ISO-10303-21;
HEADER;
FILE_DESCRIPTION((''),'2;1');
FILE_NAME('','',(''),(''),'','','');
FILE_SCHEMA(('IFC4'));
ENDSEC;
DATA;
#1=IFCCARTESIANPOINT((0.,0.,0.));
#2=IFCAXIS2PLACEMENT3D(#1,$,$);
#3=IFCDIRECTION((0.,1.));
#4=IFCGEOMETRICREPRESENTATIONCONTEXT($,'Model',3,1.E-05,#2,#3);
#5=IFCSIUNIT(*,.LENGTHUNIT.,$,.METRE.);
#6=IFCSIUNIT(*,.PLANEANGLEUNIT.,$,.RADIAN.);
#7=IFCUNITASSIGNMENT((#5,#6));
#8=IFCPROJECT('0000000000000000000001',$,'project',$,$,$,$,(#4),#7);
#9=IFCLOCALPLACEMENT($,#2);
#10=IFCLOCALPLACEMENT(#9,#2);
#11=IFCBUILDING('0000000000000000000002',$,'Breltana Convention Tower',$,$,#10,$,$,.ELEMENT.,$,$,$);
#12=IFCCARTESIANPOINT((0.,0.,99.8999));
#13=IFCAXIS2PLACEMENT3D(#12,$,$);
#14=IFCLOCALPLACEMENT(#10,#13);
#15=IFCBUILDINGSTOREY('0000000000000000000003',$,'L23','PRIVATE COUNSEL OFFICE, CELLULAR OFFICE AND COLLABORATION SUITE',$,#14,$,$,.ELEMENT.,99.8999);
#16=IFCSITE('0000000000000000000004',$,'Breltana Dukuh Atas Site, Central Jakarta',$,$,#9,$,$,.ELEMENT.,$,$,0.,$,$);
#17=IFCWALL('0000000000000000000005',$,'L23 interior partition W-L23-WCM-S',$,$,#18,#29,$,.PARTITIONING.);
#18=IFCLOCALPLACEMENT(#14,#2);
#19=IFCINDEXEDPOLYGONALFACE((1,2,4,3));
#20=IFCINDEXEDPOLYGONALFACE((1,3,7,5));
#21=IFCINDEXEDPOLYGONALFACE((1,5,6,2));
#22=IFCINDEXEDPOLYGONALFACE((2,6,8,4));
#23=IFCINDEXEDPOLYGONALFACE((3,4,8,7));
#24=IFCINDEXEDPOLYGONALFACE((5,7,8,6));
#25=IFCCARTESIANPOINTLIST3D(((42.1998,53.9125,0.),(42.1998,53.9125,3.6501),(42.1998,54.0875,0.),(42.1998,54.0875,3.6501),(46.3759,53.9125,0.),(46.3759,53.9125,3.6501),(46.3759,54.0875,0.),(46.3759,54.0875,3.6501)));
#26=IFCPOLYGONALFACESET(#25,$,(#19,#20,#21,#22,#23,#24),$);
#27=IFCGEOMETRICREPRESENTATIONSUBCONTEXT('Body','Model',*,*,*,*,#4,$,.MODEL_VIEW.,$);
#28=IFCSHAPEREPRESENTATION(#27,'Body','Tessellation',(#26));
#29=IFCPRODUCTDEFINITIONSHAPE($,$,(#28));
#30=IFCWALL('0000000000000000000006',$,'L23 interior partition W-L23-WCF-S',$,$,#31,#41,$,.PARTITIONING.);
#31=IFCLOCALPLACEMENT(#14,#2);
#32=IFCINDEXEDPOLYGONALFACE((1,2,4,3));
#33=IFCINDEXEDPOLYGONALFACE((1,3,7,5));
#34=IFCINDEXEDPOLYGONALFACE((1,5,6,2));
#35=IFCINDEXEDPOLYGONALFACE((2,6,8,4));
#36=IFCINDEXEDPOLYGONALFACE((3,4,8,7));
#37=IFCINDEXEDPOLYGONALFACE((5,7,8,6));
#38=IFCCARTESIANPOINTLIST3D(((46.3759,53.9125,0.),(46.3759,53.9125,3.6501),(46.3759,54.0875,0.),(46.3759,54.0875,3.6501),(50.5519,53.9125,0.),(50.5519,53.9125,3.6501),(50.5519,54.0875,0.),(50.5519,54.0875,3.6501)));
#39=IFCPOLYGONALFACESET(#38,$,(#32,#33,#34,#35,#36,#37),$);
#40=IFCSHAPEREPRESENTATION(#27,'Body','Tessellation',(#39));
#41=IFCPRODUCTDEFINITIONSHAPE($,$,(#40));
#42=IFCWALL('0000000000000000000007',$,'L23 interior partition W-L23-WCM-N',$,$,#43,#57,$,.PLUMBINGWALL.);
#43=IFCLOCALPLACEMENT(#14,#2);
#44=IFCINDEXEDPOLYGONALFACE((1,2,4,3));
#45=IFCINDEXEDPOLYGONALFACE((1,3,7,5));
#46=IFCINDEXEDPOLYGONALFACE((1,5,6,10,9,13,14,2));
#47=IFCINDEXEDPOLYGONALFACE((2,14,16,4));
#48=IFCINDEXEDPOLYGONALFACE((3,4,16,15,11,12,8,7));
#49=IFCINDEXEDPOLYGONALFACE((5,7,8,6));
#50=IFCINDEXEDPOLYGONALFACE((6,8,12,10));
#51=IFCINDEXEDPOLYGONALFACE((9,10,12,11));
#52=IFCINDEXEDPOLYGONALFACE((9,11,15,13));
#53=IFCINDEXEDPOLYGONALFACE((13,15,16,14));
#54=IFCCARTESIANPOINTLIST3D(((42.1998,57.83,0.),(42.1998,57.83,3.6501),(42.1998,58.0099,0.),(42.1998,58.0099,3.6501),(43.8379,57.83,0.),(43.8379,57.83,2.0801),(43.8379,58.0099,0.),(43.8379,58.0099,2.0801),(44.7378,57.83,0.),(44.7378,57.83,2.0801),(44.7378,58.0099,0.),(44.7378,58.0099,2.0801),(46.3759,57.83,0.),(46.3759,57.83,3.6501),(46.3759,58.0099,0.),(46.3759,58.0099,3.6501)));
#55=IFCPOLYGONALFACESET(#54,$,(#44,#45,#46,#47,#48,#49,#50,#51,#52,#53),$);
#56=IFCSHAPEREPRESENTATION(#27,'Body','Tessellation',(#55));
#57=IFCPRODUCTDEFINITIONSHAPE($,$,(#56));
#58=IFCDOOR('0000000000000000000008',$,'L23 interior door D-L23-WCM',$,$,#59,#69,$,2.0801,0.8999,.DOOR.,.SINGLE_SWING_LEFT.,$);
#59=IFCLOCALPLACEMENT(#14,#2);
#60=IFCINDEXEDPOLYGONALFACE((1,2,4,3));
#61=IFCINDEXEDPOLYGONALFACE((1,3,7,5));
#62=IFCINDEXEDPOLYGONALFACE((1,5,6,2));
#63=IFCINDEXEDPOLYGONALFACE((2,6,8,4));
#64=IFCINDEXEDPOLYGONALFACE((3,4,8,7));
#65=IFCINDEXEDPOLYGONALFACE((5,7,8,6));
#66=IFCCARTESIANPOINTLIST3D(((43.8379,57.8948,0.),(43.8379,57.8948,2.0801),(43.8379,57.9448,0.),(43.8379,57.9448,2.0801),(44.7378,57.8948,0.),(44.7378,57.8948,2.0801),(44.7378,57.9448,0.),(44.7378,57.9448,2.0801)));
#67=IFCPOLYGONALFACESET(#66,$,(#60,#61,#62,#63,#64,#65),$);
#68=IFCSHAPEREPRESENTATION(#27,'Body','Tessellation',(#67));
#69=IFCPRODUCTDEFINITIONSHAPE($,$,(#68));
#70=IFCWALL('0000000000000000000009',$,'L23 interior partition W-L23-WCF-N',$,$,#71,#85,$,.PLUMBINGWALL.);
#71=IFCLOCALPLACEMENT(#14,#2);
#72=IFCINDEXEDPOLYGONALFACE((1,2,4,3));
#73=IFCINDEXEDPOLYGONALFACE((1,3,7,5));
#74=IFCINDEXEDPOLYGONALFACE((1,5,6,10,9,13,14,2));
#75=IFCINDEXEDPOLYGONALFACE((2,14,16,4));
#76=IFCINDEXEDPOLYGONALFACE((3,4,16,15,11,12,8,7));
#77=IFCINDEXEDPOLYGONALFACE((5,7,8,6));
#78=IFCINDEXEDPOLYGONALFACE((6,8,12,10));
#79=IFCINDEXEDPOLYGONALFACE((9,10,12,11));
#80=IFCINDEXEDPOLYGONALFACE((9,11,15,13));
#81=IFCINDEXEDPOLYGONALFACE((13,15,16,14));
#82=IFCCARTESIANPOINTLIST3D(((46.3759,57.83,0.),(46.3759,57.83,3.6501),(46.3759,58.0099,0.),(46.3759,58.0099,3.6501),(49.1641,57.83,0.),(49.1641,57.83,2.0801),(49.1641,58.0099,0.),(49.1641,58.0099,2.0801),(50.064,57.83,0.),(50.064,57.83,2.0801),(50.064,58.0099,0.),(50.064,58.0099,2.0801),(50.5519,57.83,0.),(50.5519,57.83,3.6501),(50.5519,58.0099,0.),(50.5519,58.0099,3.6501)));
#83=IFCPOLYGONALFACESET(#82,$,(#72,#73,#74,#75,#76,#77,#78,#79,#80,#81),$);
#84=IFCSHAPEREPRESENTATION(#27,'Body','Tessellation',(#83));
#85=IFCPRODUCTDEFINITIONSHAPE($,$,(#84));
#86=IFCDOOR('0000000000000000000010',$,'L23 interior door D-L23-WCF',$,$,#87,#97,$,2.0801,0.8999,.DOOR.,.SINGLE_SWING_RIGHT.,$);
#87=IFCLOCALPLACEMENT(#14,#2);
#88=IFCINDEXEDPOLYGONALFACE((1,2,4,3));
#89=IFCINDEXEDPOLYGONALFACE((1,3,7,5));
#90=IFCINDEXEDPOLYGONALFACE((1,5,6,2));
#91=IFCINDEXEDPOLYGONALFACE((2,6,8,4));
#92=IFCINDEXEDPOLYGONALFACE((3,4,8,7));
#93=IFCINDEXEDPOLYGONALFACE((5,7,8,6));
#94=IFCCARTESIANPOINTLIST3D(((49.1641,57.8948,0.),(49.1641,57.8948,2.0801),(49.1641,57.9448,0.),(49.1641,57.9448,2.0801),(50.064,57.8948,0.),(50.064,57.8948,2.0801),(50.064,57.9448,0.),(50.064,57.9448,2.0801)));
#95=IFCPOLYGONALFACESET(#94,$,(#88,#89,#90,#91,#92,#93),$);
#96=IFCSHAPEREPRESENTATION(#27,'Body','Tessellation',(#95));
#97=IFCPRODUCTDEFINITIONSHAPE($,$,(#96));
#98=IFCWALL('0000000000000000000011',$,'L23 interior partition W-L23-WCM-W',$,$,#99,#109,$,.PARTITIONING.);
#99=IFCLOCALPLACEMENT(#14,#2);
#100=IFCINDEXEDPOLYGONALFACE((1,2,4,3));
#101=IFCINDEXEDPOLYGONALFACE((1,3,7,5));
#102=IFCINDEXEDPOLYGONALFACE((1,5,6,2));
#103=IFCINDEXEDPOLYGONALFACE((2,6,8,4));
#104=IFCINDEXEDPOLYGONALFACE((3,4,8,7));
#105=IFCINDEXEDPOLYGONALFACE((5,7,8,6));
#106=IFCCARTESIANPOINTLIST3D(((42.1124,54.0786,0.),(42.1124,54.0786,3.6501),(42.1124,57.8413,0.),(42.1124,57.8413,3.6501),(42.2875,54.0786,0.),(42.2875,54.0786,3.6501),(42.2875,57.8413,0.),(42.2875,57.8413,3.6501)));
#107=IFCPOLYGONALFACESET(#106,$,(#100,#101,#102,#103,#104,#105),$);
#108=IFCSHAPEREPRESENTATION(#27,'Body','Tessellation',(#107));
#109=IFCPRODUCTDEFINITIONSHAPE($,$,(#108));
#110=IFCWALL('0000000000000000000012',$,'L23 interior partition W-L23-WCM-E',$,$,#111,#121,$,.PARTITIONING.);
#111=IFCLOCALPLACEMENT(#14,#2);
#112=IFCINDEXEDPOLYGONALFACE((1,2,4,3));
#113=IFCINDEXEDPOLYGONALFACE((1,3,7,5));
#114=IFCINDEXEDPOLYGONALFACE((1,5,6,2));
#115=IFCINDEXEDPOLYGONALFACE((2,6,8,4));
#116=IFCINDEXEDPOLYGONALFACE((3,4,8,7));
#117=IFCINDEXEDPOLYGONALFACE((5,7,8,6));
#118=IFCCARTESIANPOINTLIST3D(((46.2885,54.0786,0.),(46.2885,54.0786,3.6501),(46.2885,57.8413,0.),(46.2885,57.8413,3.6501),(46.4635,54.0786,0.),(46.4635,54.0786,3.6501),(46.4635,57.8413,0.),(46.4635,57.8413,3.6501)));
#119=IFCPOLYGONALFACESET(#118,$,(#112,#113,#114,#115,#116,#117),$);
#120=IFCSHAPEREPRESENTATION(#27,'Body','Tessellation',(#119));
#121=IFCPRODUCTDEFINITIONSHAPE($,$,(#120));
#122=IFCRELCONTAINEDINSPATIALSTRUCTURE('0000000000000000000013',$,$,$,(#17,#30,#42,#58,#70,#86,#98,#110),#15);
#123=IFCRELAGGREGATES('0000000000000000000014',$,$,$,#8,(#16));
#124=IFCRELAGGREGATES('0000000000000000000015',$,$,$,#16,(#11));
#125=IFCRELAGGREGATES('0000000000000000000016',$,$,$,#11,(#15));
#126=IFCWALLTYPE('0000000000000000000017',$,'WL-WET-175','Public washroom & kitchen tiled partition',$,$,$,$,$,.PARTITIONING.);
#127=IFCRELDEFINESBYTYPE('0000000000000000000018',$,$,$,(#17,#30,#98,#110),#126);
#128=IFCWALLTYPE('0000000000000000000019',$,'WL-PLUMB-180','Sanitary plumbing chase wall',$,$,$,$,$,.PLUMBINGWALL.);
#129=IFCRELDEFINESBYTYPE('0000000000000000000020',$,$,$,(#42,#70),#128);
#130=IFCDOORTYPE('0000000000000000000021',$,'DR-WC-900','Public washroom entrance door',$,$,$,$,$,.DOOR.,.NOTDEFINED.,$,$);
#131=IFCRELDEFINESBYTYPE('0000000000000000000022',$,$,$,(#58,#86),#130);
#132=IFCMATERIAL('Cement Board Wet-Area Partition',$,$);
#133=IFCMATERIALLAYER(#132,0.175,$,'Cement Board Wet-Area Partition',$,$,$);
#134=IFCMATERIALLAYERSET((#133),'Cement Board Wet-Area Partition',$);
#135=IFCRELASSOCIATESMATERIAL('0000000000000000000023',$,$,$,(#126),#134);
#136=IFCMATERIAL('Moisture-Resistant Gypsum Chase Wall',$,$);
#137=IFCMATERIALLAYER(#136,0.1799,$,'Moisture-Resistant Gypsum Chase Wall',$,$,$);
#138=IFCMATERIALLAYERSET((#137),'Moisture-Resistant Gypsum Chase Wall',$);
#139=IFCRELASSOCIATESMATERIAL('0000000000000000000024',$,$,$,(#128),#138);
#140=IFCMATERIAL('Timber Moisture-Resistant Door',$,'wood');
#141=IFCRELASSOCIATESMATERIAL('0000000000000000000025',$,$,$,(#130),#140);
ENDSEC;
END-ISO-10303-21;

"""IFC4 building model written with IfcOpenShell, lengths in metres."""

from ifc_helpers import new_model, si_unit, direction, frame, frame_2d, origin, place, context, subcontext, project, spatial, rectangle, extrude, source, transform, mapped, material, layer, layer_set, type_object, type_shapes, element, fill, save


model = new_model("IFC4")

# Units and contexts
model_context = context("Model", 3, precision=1e-05, world=origin(), true_north=direction((0.0, 1.0)))
body_context = subcontext(model_context, "Body", "Model", "MODEL_VIEW")
ifc_project = project(units=[si_unit("LENGTHUNIT", "METRE"), si_unit("PLANEANGLEUNIT", "RADIAN")], contexts=[model_context])

# Site, building, storey
site_placement = place(None, origin())
site = spatial("IfcSite", under=ifc_project, at=site_placement, Name="Breltana Dukuh Atas Site, Central Jakarta", CompositionType="ELEMENT", RefElevation=0.0)
building_placement = place(site_placement, origin())
building = spatial("IfcBuilding", under=site, at=building_placement, Name="Breltana Convention Tower", CompositionType="ELEMENT")
storey_placement = place(building_placement, frame((0.0, 0.0, 99.8999)))
storey = spatial("IfcBuildingStorey", under=building, at=storey_placement, Name="L23", Description="PRIVATE COUNSEL OFFICE, CELLULAR OFFICE AND COLLABORATION SUITE", CompositionType="ELEMENT", Elevation=99.8999)

# Walls
ifc_material_1 = material(Name="Cement Board Wet-Area Partition")
ifc_layer_1 = layer(ifc_material_1, 0.175, Name="Cement Board Wet-Area Partition")
ifc_layer_set_1 = layer_set([ifc_layer_1], Name="Cement Board Wet-Area Partition")
wall_type_1 = type_object("IfcWallType", Name="WL-WET-175", Description="Public washroom & kitchen tiled partition", PredefinedType="PARTITIONING", material=ifc_layer_set_1)
shared_shape_1 = source(origin(), body_context, "Body", "SweptSolid", [
    extrude(rectangle(XDim=4.176, YDim=0.175, at=frame_2d((2.0879, 0.0))), origin(), (0.0, 0.0, 1.0), 3.6501),
])
for number, where, z_axis, x_axis, name in (
    (1, (42.2, 54.0, 0.0), (0.0, 0.0, 1.0), (1.0, 0.0, 0.0), "L23 interior partition W-L23-WCM-S"),
    (2, (46.376, 54.0, 0.0), (0.0, 0.0, 1.0), (1.0, 0.0, 0.0), "L23 interior partition W-L23-WCF-S"),
):
    element("IfcWall", number, at=place(storey_placement, frame(where, z_axis=z_axis, x_axis=x_axis)), inside=storey, type_object=wall_type_1, Name=name, PredefinedType="PARTITIONING", context=body_context, shape_type="MappedRepresentation", body=[
        mapped(shared_shape_1, transform((0.0, 0.0, 0.0), scale=1.0)),
    ])

# Walls, openings, doors
ifc_material_2 = material(Name="Moisture-Resistant Gypsum Chase Wall")
ifc_layer_2 = layer(ifc_material_2, 0.1799, Name="Moisture-Resistant Gypsum Chase Wall")
ifc_layer_set_2 = layer_set([ifc_layer_2], Name="Moisture-Resistant Gypsum Chase Wall")
wall_type_2 = type_object("IfcWallType", Name="WL-PLUMB-180", Description="Sanitary plumbing chase wall", PredefinedType="PLUMBINGWALL", material=ifc_layer_set_2)
shared_shape_2 = source(origin(), body_context, "Body", "SweptSolid", [
    extrude(rectangle(XDim=4.176, YDim=0.1799, at=frame_2d((2.0879, 0.0))), origin(), (0.0, 0.0, 1.0), 3.6501),
])
wall_1_placement = place(storey_placement, frame((42.2, 57.9199, 0.0), z_axis=(0.0, 0.0, 1.0), x_axis=(1.0, 0.0, 0.0)))
wall_1 = element("IfcWall", 3, at=wall_1_placement, inside=storey, type_object=wall_type_2, Name="L23 interior partition W-L23-WCM-N", PredefinedType="PLUMBINGWALL", context=body_context, shape_type="MappedRepresentation", body=[
    mapped(shared_shape_2, transform((0.0, 0.0, 0.0), scale=1.0)),
])
opening_1_placement = place(wall_1_placement, frame((1.6379, 0.0, 0.0)))
opening_1 = element("IfcOpeningElement", 4, at=opening_1_placement, cuts=wall_1, PredefinedType="OPENING", context=body_context, shape_type="SweptSolid", body=[
    extrude(rectangle(XDim=0.8999, YDim=2.0801, at=frame_2d((0.45, 1.04))), frame((0.0, 0.1001, 0.0), z_axis=(0.0, -1.0, 0.0), x_axis=(1.0, 0.0, 0.0)), (0.0, 0.0, 1.0), 0.2),
])
ifc_material_3 = material(Name="Timber Moisture-Resistant Door", Category="wood")
door_type = type_object("IfcDoorType", Name="DR-WC-900", Description="Public washroom entrance door", OperationType="NOTDEFINED", PredefinedType="DOOR", material=ifc_material_3)
shared_shape_3 = source(origin(), body_context, "Body", "SweptSolid", [
    extrude(rectangle(XDim=0.8999, YDim=2.0801, at=frame_2d((0.45, 1.04))), frame((0.0, 0.0249, 0.0), z_axis=(0.0, -1.0, 0.0), x_axis=(1.0, 0.0, 0.0)), (0.0, 0.0, 1.0), 0.05),
])
type_shapes(door_type, [shared_shape_3])
door_1_placement = place(opening_1_placement, origin())
door_1 = element("IfcDoor", 5, at=door_1_placement, inside=storey, type_object=door_type, Name="L23 interior door D-L23-WCM", OperationType="SINGLE_SWING_LEFT", OverallHeight=2.0801, OverallWidth=0.8999, PredefinedType="DOOR", context=body_context, shape_type="MappedRepresentation", body=[
    mapped(shared_shape_3, transform((0.0, 0.0, 0.0), scale=1.0)),
])
fill(opening_1, door_1)
wall_2_placement = place(storey_placement, frame((46.376, 57.9199, 0.0), z_axis=(0.0, 0.0, 1.0), x_axis=(1.0, 0.0, 0.0)))
wall_2 = element("IfcWall", 6, at=wall_2_placement, inside=storey, type_object=wall_type_2, Name="L23 interior partition W-L23-WCF-N", PredefinedType="PLUMBINGWALL", context=body_context, shape_type="MappedRepresentation", body=[
    mapped(shared_shape_2, transform((0.0, 0.0, 0.0), scale=1.0)),
])
opening_2_placement = place(wall_2_placement, frame((2.7881, 0.0, 0.0)))
opening_2 = element("IfcOpeningElement", 7, at=opening_2_placement, cuts=wall_2, PredefinedType="OPENING", context=body_context, shape_type="SweptSolid", body=[
    extrude(rectangle(XDim=0.8999, YDim=2.0801, at=frame_2d((0.45, 1.04))), frame((0.0, 0.1001, 0.0), z_axis=(0.0, -1.0, 0.0), x_axis=(1.0, 0.0, 0.0)), (0.0, 0.0, 1.0), 0.2),
])
door_2_placement = place(opening_2_placement, origin())
door_2 = element("IfcDoor", 8, at=door_2_placement, inside=storey, type_object=door_type, Name="L23 interior door D-L23-WCF", OperationType="SINGLE_SWING_RIGHT", OverallHeight=2.0801, OverallWidth=0.8999, PredefinedType="DOOR", context=body_context, shape_type="MappedRepresentation", body=[
    mapped(shared_shape_3, transform((0.0, 0.0, 0.0), scale=1.0)),
])
fill(opening_2, door_2)

# Walls
shared_shape_4 = source(origin(), body_context, "Body", "SweptSolid", [
    extrude(rectangle(XDim=3.7627, YDim=0.175, at=frame_2d((1.8813, 0.0))), origin(), (0.0, 0.0, 1.0), 3.6501),
])
for number, where, z_axis, x_axis, name in (
    (9, (42.2, 54.0786, 0.0), (0.0, 0.0, 1.0), (0.0, 1.0, 0.0), "L23 interior partition W-L23-WCM-W"),
    (10, (46.376, 54.0786, 0.0), (0.0, 0.0, 1.0), (0.0, 1.0, 0.0), "L23 interior partition W-L23-WCM-E"),
):
    element("IfcWall", number, at=place(storey_placement, frame(where, z_axis=z_axis, x_axis=x_axis)), inside=storey, type_object=wall_type_1, Name=name, PredefinedType="PARTITIONING", context=body_context, shape_type="MappedRepresentation", body=[
        mapped(shared_shape_4, transform((0.0, 0.0, 0.0), scale=1.0)),
    ])

save(model, "model.ifc")
